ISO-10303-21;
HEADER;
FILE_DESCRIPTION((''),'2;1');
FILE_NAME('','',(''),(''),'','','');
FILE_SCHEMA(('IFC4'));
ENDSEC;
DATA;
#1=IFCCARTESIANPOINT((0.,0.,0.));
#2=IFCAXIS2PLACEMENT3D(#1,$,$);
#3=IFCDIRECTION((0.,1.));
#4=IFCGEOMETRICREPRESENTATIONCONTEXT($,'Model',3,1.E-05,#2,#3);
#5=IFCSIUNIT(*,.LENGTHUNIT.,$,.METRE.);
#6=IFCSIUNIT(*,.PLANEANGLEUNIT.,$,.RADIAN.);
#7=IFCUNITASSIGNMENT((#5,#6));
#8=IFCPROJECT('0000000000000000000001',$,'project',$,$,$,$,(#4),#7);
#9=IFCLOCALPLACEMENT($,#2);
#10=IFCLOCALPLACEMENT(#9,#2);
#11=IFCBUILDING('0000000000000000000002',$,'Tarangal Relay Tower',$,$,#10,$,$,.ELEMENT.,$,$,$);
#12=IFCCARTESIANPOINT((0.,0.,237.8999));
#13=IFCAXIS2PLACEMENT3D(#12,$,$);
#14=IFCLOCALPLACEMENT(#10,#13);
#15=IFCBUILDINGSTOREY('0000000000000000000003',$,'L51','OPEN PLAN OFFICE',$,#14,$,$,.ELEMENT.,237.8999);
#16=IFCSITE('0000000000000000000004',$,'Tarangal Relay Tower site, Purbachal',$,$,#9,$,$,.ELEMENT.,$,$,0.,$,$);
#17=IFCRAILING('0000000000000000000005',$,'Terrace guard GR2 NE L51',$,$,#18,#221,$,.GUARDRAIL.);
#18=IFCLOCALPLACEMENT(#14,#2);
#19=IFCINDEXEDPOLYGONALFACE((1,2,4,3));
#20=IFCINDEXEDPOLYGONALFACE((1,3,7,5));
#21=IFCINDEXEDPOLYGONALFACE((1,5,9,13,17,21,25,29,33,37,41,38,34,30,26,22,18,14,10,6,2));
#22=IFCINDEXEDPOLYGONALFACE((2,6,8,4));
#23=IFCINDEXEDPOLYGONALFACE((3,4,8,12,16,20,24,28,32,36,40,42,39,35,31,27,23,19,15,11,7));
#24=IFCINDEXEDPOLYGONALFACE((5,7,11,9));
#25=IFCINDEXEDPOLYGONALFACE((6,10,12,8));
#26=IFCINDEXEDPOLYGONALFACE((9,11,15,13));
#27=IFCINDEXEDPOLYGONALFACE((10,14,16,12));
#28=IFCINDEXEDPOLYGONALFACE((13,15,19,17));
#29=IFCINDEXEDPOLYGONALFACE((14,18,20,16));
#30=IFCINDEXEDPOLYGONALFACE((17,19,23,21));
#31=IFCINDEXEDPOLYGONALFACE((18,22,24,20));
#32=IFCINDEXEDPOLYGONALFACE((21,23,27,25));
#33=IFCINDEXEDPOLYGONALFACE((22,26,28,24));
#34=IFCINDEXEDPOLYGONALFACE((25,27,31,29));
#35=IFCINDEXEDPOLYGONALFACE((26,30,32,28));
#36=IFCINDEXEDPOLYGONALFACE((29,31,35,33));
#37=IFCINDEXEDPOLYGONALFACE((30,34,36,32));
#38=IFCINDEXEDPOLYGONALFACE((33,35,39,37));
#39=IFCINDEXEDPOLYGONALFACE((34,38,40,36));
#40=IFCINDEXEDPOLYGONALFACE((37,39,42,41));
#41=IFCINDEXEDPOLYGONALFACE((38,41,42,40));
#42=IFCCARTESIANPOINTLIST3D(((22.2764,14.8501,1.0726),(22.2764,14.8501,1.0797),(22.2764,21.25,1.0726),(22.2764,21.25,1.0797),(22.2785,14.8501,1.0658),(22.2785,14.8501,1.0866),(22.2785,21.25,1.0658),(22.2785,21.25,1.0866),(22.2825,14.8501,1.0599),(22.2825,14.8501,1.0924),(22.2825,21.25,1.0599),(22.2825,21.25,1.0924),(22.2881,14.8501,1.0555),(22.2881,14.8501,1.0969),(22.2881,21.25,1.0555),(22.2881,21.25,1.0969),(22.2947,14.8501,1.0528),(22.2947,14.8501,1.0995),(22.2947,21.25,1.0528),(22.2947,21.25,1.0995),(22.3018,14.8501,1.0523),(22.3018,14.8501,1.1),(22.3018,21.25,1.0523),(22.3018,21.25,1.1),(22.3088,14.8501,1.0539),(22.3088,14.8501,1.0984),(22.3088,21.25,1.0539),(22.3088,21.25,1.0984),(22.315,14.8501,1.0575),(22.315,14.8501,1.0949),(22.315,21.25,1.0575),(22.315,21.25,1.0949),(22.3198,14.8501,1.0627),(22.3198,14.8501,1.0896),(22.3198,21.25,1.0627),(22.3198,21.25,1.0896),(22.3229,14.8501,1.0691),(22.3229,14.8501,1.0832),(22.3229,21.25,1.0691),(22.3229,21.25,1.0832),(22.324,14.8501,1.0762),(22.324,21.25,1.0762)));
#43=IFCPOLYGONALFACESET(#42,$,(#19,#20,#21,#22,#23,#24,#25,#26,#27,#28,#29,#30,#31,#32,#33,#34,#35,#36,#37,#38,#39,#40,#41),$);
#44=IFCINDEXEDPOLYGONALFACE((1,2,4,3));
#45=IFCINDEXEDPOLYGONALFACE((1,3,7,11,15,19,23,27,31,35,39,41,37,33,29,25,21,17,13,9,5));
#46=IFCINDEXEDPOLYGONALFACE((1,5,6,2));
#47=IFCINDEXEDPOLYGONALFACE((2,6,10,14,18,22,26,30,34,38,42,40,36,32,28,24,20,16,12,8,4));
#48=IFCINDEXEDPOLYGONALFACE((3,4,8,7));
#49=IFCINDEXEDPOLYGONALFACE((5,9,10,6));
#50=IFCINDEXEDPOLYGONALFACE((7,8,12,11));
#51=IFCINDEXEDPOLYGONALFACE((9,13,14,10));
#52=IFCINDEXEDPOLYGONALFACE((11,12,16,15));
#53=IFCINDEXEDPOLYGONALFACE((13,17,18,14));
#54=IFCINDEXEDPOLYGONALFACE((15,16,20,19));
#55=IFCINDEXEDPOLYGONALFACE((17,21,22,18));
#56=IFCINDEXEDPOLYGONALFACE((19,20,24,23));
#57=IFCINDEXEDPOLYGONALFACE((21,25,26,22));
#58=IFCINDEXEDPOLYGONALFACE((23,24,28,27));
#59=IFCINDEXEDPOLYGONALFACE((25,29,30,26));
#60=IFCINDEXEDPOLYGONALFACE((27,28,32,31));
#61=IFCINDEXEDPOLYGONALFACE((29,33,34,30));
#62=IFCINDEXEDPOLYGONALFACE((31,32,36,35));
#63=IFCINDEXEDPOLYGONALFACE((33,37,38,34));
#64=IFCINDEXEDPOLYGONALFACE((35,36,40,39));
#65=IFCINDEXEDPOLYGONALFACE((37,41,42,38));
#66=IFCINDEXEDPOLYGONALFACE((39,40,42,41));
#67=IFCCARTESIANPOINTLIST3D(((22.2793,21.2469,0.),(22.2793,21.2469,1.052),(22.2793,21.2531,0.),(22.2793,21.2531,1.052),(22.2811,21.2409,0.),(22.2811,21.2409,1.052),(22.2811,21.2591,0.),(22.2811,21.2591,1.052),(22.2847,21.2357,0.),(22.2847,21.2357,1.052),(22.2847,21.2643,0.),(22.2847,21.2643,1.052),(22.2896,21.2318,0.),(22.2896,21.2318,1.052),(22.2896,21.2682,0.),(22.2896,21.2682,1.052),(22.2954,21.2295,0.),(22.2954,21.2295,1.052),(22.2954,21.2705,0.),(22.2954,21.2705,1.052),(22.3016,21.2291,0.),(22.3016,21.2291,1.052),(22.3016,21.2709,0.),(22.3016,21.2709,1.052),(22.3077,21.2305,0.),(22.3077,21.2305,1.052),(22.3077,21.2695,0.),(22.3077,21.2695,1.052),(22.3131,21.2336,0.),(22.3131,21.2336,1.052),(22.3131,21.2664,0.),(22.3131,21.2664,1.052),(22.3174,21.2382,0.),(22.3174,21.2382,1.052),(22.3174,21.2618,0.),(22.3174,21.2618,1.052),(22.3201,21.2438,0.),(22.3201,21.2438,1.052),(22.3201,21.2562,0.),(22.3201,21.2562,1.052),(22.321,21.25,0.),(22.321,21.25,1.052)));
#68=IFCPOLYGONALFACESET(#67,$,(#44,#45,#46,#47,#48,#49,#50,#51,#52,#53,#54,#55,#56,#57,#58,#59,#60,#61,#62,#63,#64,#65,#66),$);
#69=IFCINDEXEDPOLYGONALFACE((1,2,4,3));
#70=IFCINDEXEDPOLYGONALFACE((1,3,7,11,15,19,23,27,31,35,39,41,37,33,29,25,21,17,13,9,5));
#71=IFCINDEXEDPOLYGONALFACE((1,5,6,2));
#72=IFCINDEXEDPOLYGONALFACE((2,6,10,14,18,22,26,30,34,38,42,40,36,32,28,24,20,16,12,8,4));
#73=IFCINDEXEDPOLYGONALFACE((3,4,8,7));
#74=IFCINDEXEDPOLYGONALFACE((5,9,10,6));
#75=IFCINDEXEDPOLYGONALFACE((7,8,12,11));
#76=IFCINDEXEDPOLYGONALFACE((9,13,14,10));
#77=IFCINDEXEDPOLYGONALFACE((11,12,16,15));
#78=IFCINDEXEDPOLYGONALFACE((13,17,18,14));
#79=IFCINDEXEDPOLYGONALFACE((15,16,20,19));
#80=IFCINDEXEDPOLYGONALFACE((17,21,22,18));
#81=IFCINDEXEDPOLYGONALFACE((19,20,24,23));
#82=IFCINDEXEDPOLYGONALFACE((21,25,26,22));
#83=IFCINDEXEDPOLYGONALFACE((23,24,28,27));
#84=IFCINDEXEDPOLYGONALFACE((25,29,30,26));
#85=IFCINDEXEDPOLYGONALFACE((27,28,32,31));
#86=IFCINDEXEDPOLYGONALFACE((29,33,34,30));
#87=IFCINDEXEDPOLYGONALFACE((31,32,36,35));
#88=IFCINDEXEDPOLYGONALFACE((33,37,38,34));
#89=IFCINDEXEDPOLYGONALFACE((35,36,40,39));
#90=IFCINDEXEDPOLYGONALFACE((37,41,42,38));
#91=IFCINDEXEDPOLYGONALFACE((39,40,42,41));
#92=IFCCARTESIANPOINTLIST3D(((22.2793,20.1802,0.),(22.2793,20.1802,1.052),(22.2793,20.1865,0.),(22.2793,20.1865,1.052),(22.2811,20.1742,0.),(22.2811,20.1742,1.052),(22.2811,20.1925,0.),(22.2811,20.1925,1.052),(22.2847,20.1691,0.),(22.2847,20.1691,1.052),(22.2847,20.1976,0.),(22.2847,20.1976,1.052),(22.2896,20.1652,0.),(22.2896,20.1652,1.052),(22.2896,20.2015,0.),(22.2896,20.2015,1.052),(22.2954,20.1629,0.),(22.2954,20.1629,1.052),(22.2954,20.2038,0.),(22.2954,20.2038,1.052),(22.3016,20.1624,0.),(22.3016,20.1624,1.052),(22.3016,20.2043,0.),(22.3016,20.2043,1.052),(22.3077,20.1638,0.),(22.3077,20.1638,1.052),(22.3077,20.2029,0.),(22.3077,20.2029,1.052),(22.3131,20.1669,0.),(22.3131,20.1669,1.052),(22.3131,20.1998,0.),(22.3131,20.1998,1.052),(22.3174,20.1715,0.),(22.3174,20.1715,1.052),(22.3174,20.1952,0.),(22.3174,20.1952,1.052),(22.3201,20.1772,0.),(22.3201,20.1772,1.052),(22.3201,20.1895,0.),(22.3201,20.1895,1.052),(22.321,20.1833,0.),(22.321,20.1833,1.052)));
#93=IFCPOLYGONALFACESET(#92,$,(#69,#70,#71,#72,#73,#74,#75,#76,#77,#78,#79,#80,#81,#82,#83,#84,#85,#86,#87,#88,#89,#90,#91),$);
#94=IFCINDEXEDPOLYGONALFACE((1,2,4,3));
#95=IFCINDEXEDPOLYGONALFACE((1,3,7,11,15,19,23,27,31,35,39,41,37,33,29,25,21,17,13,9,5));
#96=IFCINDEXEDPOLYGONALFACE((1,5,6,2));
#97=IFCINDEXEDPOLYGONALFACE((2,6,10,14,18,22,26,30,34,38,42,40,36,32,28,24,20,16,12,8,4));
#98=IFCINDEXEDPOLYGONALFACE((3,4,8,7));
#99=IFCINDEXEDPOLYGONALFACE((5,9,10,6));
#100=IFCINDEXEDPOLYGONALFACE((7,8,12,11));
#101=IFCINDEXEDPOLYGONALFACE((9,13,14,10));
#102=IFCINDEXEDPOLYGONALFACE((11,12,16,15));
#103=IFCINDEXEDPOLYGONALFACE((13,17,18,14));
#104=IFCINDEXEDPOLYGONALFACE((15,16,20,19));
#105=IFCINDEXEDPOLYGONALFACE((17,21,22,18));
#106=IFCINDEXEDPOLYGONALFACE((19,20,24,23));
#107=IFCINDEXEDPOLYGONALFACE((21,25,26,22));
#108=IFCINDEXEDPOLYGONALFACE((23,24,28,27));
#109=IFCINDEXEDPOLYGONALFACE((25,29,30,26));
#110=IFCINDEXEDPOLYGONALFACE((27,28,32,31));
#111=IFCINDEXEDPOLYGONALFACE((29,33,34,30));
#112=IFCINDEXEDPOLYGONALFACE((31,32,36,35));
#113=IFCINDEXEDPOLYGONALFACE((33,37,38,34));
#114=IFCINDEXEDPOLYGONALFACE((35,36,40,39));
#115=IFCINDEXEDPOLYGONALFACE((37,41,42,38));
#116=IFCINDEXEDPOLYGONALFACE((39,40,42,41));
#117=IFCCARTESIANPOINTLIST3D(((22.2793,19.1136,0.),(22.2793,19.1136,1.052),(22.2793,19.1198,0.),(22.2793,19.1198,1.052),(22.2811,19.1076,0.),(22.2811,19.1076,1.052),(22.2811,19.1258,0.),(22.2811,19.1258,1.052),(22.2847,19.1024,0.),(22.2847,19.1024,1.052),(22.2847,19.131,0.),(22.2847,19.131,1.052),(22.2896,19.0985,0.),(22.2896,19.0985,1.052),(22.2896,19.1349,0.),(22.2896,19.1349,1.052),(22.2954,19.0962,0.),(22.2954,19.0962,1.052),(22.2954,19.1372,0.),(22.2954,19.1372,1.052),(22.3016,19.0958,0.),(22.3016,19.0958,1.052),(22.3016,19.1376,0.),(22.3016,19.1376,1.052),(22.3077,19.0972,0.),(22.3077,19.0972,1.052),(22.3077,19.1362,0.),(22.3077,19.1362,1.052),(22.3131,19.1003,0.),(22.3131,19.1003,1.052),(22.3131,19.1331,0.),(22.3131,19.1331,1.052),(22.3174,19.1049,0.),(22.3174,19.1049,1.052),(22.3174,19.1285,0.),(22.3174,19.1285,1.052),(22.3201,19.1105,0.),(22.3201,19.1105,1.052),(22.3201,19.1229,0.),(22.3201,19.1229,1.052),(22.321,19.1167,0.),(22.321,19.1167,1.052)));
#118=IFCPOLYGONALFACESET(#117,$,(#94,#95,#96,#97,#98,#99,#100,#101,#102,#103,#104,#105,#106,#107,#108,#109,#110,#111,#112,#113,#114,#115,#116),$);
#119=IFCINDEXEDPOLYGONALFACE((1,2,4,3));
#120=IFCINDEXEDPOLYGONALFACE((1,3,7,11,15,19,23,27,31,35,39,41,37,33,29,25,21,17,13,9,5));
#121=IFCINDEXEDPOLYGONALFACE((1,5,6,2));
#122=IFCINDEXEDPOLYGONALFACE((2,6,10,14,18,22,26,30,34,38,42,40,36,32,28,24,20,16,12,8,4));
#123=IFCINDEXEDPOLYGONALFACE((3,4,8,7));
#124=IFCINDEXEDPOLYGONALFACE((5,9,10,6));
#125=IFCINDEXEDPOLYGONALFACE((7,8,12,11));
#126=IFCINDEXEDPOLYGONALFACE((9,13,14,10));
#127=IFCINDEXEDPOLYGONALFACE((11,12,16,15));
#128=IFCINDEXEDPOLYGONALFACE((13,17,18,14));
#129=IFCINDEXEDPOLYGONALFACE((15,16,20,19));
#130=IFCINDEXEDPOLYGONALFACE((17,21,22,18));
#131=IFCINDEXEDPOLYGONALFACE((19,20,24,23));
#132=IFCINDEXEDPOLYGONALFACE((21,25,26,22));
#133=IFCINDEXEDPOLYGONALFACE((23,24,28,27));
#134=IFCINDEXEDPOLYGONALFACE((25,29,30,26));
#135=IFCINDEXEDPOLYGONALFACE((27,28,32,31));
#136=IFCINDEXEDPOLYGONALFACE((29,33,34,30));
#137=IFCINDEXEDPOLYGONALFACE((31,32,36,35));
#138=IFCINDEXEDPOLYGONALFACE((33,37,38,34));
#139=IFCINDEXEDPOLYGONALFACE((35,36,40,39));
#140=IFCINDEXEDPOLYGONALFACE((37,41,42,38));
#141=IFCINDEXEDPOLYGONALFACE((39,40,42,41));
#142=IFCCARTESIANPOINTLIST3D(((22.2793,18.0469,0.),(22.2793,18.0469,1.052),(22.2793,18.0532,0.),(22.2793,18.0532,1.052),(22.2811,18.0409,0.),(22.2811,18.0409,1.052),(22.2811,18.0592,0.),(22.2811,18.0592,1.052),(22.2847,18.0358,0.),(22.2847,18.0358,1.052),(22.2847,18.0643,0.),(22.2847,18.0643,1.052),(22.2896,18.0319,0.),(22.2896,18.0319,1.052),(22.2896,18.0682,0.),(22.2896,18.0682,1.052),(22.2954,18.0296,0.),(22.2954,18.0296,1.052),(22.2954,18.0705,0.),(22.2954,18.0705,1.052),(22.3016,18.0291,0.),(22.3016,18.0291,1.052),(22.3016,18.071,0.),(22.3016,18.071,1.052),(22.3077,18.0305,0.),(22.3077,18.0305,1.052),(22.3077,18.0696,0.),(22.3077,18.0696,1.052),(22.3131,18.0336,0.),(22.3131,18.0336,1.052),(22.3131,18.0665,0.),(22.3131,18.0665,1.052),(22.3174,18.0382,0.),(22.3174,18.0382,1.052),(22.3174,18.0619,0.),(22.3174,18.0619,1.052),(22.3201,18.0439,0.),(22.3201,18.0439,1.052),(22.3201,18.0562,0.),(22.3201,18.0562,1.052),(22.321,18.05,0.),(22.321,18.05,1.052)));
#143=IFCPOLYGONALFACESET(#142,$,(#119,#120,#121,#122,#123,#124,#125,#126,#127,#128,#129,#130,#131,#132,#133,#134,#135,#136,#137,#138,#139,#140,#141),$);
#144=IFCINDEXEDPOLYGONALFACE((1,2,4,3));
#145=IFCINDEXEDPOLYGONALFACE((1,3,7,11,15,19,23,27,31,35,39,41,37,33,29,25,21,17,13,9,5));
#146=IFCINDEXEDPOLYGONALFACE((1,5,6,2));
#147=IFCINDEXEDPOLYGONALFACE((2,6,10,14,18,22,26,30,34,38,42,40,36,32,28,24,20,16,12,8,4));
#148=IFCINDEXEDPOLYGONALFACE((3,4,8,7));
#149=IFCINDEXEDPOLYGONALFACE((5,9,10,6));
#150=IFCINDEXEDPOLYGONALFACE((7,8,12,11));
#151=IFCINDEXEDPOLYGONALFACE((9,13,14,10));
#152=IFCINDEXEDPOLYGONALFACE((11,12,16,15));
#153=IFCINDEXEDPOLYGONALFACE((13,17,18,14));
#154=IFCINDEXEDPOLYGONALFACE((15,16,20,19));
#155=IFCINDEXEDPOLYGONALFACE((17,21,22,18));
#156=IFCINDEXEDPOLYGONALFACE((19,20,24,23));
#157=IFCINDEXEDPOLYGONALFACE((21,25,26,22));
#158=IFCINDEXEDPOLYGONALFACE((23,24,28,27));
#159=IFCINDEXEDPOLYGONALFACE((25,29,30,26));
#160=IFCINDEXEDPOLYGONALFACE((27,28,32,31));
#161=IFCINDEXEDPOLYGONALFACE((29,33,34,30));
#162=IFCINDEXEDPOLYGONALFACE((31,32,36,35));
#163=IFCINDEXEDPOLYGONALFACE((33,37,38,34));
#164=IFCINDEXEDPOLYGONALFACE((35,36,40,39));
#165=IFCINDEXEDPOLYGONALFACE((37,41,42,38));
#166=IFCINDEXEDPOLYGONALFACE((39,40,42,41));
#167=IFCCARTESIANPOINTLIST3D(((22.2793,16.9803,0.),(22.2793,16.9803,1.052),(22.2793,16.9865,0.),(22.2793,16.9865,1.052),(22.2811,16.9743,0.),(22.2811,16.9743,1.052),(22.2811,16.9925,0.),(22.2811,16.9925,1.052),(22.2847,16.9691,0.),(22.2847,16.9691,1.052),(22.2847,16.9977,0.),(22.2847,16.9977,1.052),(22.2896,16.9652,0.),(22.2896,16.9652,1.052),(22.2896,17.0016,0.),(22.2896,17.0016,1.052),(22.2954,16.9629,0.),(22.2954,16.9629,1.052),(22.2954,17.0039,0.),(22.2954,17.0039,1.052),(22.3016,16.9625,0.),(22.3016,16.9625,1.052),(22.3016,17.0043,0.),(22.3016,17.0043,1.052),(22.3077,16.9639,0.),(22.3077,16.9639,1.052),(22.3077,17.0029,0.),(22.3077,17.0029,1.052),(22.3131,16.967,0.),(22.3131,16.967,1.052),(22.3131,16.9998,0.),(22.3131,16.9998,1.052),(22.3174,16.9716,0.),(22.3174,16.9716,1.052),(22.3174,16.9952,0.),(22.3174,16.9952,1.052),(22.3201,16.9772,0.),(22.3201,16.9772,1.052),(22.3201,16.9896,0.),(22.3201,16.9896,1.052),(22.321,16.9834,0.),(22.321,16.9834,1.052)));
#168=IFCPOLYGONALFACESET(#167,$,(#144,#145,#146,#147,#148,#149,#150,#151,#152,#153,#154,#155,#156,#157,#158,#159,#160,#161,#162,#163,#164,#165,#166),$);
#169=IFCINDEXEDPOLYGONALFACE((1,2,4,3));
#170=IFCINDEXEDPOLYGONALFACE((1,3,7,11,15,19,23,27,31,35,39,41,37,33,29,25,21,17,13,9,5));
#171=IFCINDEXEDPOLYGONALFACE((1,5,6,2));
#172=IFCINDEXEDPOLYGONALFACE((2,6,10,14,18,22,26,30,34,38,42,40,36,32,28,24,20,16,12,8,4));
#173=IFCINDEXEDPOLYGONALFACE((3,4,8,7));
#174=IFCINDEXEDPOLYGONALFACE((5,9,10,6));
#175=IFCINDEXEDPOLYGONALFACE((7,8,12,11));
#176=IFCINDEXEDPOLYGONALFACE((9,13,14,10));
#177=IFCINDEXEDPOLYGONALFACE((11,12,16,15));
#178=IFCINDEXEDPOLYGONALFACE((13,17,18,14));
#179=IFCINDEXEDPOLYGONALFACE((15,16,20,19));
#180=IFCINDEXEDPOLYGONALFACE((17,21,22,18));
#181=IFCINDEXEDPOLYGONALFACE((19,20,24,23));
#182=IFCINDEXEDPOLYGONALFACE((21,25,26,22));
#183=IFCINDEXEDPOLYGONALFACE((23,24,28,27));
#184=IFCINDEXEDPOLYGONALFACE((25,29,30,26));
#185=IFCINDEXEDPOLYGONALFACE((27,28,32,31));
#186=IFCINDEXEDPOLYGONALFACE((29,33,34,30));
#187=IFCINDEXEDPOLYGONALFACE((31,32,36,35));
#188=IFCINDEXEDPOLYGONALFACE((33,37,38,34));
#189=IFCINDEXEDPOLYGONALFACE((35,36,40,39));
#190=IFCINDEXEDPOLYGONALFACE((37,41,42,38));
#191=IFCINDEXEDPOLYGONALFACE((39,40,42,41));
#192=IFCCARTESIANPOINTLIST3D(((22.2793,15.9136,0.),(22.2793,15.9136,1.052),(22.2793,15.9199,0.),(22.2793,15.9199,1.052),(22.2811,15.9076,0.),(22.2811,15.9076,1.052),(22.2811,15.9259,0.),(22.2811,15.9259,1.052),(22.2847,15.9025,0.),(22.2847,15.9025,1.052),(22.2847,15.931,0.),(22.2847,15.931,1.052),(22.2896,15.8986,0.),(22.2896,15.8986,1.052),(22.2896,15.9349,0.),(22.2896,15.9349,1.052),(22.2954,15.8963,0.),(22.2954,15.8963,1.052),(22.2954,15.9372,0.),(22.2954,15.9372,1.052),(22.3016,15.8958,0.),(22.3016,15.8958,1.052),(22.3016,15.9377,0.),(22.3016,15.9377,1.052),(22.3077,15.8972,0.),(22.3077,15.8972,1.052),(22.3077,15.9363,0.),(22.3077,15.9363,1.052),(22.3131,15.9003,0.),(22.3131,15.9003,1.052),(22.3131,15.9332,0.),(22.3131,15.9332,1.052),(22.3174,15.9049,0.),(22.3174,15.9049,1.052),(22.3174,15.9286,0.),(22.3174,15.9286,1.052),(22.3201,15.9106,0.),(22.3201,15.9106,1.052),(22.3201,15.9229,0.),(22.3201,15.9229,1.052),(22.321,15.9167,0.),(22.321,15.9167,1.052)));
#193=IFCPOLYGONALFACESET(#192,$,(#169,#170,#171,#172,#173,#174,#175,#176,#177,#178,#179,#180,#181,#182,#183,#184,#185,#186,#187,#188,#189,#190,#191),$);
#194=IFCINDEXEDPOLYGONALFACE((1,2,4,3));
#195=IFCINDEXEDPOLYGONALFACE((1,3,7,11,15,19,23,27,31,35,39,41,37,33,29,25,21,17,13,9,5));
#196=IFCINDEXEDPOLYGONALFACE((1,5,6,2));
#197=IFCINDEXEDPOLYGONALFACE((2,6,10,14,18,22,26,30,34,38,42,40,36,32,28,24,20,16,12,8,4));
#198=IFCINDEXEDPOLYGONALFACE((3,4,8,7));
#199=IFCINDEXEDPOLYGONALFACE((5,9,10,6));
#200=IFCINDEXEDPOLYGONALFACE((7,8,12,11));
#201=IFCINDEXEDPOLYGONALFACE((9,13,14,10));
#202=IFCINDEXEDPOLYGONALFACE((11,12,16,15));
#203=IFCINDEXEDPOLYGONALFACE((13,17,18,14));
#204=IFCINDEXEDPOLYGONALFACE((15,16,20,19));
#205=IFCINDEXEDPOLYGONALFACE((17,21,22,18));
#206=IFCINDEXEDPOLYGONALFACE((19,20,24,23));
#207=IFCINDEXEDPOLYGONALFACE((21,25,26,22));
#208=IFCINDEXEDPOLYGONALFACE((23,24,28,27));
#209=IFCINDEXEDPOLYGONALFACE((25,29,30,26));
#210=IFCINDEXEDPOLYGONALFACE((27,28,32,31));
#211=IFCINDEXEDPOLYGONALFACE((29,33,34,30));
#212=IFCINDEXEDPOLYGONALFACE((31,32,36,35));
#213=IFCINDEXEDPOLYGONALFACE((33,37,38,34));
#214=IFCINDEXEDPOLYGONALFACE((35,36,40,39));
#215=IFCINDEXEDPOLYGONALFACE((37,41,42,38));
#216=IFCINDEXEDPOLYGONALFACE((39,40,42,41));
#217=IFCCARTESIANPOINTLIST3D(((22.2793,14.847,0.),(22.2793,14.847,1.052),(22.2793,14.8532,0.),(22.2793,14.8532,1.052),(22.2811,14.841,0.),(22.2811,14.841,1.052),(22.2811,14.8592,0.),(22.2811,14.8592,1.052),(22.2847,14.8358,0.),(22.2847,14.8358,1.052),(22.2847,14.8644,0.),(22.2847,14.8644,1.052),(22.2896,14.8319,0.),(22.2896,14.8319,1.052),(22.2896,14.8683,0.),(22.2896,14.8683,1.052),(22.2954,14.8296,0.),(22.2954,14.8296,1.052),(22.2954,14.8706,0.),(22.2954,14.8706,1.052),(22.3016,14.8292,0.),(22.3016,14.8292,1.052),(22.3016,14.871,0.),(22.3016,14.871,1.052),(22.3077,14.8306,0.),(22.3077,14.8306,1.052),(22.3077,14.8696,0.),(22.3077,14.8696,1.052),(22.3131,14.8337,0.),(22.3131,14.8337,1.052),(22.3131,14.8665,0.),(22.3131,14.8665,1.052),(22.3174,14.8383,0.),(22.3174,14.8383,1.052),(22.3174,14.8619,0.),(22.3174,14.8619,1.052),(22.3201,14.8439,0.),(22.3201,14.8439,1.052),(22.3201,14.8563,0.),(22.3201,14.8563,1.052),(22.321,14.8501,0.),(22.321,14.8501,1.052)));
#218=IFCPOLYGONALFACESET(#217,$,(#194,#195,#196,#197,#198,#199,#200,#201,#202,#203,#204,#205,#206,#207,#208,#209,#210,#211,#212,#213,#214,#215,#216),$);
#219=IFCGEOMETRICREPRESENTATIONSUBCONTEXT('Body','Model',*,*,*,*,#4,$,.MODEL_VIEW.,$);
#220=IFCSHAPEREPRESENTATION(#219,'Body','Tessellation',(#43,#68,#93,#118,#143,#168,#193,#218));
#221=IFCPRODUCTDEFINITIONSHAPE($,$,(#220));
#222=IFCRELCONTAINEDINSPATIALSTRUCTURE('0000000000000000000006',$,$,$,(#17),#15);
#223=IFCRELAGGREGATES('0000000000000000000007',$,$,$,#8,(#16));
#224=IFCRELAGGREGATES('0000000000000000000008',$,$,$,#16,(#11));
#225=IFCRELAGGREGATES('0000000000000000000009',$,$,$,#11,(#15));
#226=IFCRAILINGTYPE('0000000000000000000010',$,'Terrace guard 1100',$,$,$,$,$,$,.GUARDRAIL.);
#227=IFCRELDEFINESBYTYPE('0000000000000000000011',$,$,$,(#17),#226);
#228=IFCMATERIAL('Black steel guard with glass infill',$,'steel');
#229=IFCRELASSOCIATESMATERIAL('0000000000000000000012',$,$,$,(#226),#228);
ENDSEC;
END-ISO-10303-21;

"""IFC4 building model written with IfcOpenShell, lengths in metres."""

from ifc_helpers import new_model, si_unit, direction, frame, origin, origin_2d, place, context, subcontext, project, spatial, circle, extrude, material, type_object, element, save


model = new_model("IFC4")

# Units and contexts
model_context = context("Model", 3, precision=1e-05, world=origin(), true_north=direction((0.0, 1.0)))
body_context = subcontext(model_context, "Body", "Model", "MODEL_VIEW")
ifc_project = project(units=[si_unit("LENGTHUNIT", "METRE"), si_unit("PLANEANGLEUNIT", "RADIAN")], contexts=[model_context])

# Site, building, storey
site_placement = place(None, origin())
site = spatial("IfcSite", under=ifc_project, at=site_placement, Name="Tarangal Relay Tower site, Purbachal", CompositionType="ELEMENT", RefElevation=0.0)
building_placement = place(site_placement, origin())
building = spatial("IfcBuilding", under=site, at=building_placement, Name="Tarangal Relay Tower", CompositionType="ELEMENT")
storey_placement = place(building_placement, frame((0.0, 0.0, 237.8999)))
storey = spatial("IfcBuildingStorey", under=building, at=storey_placement, Name="L51", Description="OPEN PLAN OFFICE", CompositionType="ELEMENT", Elevation=237.8999)

# Railing
ifc_material_1 = material(Name="Black steel guard with glass infill", Category="steel")
railing_type = type_object("IfcRailingType", Name="Terrace guard 1100", PredefinedType="GUARDRAIL", material=ifc_material_1)
railing_1_placement = place(storey_placement, frame((22.3, 21.25, 0.0)))
element("IfcRailing", 1, at=railing_1_placement, inside=storey, type_object=railing_type, Name="Terrace guard GR2 NE L51", PredefinedType="GUARDRAIL", context=body_context, shape_type="SweptSolid", body=[
    extrude(circle(Radius=0.0239, at=origin_2d()), frame((0.0, 0.0, 1.0762), z_axis=(0.0, -1.0, 0.0), x_axis=(1.0, 0.0, 0.0)), (0.0, 0.0, 1.0), 6.3999),
    extrude(circle(Radius=0.021, at=origin_2d()), origin(), (0.0, 0.0, 1.0), 1.052),
    extrude(circle(Radius=0.021, at=origin_2d()), frame((0.0, -1.0667, 0.0)), (0.0, 0.0, 1.0), 1.052),
    extrude(circle(Radius=0.021, at=origin_2d()), frame((0.0, -2.1333, 0.0)), (0.0, 0.0, 1.0), 1.052),
    extrude(circle(Radius=0.021, at=origin_2d()), frame((0.0, -3.2, 0.0)), (0.0, 0.0, 1.0), 1.052),
    extrude(circle(Radius=0.021, at=origin_2d()), frame((0.0, -4.2666, 0.0)), (0.0, 0.0, 1.0), 1.052),
    extrude(circle(Radius=0.021, at=origin_2d()), frame((0.0, -5.3333, 0.0)), (0.0, 0.0, 1.0), 1.052),
    extrude(circle(Radius=0.021, at=origin_2d()), frame((0.0, -6.3999, 0.0)), (0.0, 0.0, 1.0), 1.052),
])

save(model, "model.ifc")
